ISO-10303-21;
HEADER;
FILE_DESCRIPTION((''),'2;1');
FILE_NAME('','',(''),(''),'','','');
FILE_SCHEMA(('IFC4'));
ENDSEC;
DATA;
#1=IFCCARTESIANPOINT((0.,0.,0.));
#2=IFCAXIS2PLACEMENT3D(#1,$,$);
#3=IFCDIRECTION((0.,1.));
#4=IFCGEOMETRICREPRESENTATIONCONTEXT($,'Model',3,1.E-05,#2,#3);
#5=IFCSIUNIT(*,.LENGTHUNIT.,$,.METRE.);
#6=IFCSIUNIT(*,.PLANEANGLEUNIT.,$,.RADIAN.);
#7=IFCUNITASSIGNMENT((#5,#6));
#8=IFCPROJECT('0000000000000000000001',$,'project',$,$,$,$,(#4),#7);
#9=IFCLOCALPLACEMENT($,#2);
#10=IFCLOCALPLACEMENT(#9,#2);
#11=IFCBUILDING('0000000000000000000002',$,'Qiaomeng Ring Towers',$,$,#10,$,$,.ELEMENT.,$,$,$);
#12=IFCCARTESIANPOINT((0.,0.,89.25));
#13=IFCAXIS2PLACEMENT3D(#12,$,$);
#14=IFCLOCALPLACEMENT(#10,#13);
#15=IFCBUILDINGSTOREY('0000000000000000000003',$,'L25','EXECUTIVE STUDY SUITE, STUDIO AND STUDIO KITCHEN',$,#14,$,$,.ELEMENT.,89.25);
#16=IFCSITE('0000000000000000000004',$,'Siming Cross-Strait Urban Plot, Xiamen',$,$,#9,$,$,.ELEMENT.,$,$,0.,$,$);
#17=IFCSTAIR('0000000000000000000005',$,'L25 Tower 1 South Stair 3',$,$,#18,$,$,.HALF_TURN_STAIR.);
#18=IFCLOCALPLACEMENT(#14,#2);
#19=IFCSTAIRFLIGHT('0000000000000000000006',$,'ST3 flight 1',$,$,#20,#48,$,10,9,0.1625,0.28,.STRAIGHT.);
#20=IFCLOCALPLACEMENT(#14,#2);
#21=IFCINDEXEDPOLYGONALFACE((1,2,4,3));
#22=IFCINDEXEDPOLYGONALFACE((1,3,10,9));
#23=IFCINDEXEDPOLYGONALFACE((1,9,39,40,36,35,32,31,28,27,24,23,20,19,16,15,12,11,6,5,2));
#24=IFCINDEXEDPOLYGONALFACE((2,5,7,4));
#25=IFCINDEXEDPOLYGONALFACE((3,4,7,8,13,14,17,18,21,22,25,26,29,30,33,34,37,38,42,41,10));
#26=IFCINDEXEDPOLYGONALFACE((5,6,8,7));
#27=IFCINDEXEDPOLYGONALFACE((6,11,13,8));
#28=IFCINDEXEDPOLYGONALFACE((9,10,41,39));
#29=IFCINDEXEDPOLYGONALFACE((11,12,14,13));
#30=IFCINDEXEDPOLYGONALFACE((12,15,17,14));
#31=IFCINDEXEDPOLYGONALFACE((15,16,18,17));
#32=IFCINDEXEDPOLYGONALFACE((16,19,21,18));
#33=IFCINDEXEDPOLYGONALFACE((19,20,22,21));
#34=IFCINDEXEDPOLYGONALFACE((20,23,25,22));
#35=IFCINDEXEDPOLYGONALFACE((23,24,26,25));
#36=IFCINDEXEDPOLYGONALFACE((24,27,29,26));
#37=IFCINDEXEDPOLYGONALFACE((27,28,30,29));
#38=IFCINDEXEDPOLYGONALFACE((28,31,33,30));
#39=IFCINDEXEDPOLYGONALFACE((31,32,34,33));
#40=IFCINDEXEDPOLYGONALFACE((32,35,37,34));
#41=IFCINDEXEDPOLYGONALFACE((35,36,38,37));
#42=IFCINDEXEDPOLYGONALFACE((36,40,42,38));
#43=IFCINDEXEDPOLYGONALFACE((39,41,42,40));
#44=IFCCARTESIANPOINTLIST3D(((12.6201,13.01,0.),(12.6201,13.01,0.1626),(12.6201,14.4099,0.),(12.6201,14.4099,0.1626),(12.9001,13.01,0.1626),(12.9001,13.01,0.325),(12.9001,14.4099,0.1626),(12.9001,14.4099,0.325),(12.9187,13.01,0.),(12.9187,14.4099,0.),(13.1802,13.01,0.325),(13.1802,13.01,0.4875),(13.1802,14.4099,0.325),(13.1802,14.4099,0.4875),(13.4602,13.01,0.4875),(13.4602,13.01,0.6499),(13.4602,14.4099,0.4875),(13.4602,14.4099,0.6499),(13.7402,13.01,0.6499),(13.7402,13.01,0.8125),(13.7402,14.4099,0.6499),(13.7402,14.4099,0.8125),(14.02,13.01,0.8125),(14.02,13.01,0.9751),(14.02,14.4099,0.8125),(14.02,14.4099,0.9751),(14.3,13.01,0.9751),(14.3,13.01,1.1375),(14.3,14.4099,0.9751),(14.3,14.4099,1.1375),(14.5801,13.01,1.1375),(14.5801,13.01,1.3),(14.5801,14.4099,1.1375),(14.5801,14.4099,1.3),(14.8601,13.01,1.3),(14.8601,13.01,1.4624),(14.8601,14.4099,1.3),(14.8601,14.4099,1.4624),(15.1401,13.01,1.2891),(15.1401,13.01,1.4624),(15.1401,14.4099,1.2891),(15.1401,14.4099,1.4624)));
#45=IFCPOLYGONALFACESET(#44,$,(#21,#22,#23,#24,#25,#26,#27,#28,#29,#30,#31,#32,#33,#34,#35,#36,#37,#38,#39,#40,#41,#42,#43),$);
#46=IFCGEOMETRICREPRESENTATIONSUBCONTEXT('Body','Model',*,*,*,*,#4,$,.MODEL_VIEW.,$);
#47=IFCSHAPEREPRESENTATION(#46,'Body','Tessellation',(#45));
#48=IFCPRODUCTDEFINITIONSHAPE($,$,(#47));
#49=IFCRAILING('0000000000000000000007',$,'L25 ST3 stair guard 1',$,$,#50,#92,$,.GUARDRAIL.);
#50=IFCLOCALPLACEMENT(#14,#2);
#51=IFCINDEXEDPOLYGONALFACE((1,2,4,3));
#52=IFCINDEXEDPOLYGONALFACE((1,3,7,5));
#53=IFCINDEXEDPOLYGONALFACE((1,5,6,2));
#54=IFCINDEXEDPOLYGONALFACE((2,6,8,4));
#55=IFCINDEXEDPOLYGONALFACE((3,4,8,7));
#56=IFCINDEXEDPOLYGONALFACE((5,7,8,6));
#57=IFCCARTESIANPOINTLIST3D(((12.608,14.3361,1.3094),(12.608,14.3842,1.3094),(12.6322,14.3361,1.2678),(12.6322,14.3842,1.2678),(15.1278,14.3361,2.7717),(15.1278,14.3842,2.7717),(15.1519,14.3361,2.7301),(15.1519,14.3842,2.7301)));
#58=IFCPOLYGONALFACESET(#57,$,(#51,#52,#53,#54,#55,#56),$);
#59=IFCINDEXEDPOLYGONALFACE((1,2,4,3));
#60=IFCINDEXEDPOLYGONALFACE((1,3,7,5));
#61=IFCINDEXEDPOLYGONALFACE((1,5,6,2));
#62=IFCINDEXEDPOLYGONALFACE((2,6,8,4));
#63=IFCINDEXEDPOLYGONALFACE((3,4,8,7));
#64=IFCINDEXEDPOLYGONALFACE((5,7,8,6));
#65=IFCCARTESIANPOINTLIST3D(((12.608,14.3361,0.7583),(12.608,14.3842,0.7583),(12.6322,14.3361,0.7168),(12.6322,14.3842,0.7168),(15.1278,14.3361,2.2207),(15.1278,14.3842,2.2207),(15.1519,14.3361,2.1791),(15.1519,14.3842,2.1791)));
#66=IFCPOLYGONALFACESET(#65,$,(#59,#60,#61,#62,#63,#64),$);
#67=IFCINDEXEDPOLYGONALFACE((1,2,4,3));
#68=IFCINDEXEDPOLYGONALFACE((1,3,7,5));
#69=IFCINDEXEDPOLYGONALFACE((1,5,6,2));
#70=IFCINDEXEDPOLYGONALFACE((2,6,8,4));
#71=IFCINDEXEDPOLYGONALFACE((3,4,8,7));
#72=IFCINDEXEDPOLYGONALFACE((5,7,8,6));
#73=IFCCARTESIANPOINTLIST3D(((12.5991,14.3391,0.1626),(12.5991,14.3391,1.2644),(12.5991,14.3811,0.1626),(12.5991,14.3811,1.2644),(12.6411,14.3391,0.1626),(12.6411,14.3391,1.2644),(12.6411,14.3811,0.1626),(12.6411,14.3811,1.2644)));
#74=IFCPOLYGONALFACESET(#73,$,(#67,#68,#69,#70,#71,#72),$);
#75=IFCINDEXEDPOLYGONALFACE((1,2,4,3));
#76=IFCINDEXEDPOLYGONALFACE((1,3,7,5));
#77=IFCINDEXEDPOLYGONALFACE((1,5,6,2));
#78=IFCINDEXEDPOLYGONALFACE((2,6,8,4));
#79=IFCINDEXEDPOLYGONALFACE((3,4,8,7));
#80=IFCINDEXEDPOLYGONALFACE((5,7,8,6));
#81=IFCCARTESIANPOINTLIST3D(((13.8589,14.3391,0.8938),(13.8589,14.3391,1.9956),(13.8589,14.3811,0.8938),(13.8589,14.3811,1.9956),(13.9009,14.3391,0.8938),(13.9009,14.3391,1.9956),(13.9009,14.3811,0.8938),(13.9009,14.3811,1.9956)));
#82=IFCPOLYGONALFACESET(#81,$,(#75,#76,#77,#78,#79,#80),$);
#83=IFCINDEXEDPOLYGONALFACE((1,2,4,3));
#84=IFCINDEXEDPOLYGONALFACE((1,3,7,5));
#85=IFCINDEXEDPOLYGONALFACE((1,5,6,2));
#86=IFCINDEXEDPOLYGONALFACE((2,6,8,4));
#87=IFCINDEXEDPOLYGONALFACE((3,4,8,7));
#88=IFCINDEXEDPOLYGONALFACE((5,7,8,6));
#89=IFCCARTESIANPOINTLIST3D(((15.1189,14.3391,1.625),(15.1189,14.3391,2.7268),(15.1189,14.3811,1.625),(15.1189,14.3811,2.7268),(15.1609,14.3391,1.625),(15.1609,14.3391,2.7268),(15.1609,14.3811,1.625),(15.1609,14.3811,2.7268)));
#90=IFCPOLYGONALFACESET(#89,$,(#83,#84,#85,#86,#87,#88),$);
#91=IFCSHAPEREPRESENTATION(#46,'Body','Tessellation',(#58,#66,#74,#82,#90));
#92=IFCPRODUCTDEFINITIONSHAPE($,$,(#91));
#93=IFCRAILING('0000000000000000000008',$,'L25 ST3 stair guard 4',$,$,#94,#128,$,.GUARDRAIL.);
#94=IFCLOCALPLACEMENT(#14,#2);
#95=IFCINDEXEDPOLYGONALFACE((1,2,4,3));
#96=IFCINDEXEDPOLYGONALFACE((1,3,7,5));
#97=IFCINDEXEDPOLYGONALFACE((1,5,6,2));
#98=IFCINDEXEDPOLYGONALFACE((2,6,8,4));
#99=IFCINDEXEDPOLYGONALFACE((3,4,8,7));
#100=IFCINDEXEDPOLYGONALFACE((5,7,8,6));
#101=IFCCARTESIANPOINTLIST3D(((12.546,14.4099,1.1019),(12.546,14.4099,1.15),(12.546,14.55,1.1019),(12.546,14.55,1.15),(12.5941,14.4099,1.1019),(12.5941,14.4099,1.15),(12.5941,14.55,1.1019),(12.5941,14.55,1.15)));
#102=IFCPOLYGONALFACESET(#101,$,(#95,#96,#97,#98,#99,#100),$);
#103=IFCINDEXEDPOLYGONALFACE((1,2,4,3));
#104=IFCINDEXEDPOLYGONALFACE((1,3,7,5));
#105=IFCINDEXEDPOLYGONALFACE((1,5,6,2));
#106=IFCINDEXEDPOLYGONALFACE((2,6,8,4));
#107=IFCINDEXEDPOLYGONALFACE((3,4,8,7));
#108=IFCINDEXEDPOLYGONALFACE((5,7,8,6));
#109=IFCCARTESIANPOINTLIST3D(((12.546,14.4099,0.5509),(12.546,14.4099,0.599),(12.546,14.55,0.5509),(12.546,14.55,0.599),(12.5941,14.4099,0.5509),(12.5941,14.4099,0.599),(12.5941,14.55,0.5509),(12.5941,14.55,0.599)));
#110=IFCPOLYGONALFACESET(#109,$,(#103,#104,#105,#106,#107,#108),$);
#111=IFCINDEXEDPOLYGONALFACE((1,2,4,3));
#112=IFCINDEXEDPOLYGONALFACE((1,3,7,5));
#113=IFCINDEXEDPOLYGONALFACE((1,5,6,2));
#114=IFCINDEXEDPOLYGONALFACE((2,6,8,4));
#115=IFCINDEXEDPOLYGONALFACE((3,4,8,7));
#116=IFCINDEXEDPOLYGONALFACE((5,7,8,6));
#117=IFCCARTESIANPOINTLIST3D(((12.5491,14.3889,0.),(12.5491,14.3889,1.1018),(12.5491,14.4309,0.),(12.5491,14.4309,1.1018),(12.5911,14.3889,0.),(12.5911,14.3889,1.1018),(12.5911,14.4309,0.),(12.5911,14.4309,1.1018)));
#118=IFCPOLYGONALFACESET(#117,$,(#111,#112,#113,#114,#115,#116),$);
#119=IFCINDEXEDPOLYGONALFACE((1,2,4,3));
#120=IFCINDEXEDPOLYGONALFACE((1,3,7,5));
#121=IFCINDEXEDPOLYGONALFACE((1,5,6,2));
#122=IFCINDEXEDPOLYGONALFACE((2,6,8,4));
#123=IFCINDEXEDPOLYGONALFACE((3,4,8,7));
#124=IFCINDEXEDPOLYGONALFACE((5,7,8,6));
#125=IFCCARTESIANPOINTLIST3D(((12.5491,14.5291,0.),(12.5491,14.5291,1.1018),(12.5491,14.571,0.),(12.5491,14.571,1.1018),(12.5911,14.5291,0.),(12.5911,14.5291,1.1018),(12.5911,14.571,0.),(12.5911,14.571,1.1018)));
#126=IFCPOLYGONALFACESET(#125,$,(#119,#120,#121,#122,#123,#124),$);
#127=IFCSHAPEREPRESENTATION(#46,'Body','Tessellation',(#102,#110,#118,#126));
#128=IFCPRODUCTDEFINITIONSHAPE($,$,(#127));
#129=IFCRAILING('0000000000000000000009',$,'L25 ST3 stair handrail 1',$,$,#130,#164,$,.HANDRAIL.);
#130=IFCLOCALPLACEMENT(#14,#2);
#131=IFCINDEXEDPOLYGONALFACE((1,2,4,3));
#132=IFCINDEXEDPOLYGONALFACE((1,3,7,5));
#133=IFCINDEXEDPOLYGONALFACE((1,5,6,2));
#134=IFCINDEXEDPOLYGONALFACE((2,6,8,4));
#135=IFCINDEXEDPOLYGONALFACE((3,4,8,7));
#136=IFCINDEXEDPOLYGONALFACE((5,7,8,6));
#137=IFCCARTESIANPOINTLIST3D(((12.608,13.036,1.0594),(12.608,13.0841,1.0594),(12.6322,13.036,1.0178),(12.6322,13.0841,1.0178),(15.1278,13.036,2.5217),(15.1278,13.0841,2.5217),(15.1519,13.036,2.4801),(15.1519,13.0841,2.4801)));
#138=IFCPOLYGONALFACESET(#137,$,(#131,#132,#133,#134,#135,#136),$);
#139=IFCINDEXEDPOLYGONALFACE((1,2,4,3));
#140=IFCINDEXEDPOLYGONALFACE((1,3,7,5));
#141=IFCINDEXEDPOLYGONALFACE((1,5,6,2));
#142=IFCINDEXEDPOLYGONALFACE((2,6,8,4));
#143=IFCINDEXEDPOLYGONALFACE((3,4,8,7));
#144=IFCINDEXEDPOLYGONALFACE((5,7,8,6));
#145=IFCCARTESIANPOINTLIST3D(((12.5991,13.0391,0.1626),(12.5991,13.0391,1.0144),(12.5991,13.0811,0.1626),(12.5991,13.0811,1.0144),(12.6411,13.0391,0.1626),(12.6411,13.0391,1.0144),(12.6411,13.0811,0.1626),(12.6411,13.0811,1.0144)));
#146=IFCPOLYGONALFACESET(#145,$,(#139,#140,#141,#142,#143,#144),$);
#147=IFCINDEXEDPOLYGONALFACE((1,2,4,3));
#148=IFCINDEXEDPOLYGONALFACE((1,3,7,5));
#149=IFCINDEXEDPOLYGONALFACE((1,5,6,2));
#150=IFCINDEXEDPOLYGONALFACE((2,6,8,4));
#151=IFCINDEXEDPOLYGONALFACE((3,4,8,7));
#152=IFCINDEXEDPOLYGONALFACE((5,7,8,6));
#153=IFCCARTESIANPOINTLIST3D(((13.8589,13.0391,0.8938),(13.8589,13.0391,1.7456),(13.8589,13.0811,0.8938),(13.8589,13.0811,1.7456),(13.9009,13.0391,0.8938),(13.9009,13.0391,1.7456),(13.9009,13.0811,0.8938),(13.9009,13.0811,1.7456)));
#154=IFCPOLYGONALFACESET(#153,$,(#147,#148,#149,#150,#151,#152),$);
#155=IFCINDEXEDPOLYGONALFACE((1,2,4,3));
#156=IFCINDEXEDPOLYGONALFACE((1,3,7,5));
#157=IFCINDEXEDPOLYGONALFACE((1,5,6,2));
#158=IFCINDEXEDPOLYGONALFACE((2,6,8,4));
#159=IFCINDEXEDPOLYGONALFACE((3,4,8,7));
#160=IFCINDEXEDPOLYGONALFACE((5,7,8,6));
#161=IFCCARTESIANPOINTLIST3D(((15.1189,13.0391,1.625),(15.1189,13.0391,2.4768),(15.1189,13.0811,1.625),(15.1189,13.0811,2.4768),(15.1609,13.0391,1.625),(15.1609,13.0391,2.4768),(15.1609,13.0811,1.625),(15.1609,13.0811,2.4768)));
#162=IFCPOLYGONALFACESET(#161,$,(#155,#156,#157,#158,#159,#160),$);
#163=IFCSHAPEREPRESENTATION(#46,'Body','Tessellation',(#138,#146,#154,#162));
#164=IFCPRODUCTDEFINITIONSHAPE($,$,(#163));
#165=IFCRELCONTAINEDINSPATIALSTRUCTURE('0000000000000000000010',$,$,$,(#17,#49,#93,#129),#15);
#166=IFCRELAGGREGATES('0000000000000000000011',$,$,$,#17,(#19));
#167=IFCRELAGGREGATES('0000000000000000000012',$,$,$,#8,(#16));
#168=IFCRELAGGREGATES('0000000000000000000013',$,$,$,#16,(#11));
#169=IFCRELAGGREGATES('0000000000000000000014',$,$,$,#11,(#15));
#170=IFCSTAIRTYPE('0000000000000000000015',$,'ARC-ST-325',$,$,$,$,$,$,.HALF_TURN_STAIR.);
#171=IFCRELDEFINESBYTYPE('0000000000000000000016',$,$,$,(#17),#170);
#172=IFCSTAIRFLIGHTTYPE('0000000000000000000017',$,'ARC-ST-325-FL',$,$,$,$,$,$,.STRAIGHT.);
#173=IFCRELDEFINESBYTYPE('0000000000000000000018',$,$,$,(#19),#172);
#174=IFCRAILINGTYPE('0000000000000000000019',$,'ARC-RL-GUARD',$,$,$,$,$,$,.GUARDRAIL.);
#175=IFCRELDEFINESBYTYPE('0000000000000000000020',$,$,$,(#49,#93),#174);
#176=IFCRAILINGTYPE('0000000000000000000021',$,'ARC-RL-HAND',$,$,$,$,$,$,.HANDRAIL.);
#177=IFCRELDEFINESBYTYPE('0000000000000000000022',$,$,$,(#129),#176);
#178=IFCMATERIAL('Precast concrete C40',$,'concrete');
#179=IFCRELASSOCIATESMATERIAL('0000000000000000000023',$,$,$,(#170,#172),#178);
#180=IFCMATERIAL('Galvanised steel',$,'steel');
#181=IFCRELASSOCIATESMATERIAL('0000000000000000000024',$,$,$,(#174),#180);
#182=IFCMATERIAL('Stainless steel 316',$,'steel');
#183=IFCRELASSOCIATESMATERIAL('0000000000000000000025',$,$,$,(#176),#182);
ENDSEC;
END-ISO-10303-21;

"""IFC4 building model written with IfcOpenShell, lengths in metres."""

from ifc_helpers import new_model, si_unit, direction, frame, origin, origin_2d, place, context, subcontext, project, spatial, polyline, rectangle, outline, extrude, source, transform, mapped, material, type_object, element, aggregate, save


model = new_model("IFC4")

# Units and contexts
model_context = context("Model", 3, precision=1e-05, world=origin(), true_north=direction((0.0, 1.0)))
body_context = subcontext(model_context, "Body", "Model", "MODEL_VIEW")
ifc_project = project(units=[si_unit("LENGTHUNIT", "METRE"), si_unit("PLANEANGLEUNIT", "RADIAN")], contexts=[model_context])

# Site, building, storey
site_placement = place(None, origin())
site = spatial("IfcSite", under=ifc_project, at=site_placement, Name="Siming Cross-Strait Urban Plot, Xiamen", CompositionType="ELEMENT", RefElevation=0.0)
building_placement = place(site_placement, origin())
building = spatial("IfcBuilding", under=site, at=building_placement, Name="Qiaomeng Ring Towers", CompositionType="ELEMENT")
storey_placement = place(building_placement, frame((0.0, 0.0, 89.25)))
storey = spatial("IfcBuildingStorey", under=building, at=storey_placement, Name="L25", Description="EXECUTIVE STUDY SUITE, STUDIO AND STUDIO KITCHEN", CompositionType="ELEMENT", Elevation=89.25)

# Shared definitions
ifc_material_1 = material(Name="Galvanised steel", Category="steel")

# Shared definitions
ifc_material_2 = material(Name="Stainless steel 316", Category="steel")

# Stair, stair flight
ifc_material_3 = material(Name="Precast concrete C40", Category="concrete")
stair_type = type_object("IfcStairType", Name="ARC-ST-325", PredefinedType="HALF_TURN_STAIR", material=ifc_material_3)
stair_placement = place(storey_placement, origin())
stair = element("IfcStair", 1, at=stair_placement, inside=storey, type_object=stair_type, Name="L25 Tower 1 South Stair 3", PredefinedType="HALF_TURN_STAIR")
stair_flight_type = type_object("IfcStairFlightType", Name="ARC-ST-325-FL", PredefinedType="STRAIGHT", material=ifc_material_3)
shared_shape_1 = source(origin(), body_context, "Body", "SweptSolid", [
    extrude(outline(polyline([(0.0, 0.0), (0.0, 0.1626), (0.28, 0.1626), (0.28, 0.325), (0.5601, 0.325), (0.5601, 0.4875), (0.8401, 0.4875), (0.8401, 0.6499), (1.1201, 0.6499), (1.1201, 0.8125), (1.3999, 0.8125), (1.3999, 0.9751), (1.6799, 0.9751), (1.6799, 1.1375), (1.96, 1.1375), (1.96, 1.3), (2.24, 1.3), (2.24, 1.4624), (2.52, 1.4624), (2.52, 1.625), (2.52, 1.2891), (0.2986, 0.0), (0.0, 0.0)])), frame((0.0, 0.7, 0.0), z_axis=(0.0, -1.0, 0.0), x_axis=(1.0, 0.0, 0.0)), (0.0, 0.0, 1.0), 1.3999),
])
stair_flight_placement = place(storey_placement, frame((12.6201, 13.71, 0.0), z_axis=(0.0, 0.0, 1.0), x_axis=(1.0, 0.0, 0.0)))
stair_flight = element("IfcStairFlight", 2, at=stair_flight_placement, type_object=stair_flight_type, Name="ST3 flight 1", NumberOfRisers=10, NumberOfTreads=9, PredefinedType="STRAIGHT", RiserHeight=0.1625, TreadLength=0.28, context=body_context, shape_type="MappedRepresentation", body=[
    mapped(shared_shape_1, transform((0.0, 0.0, 0.0), x_axis=(1.0, 0.0, 0.0), y_axis=(0.0, 1.0, 0.0), z_axis=(0.0, 0.0, 1.0), scale=1.0)),
])
aggregate(stair, [stair_flight])

# Railings
railing_type_1 = type_object("IfcRailingType", Name="ARC-RL-GUARD", PredefinedType="GUARDRAIL", material=ifc_material_1)
railing_1_placement = place(storey_placement, frame((12.6201, 14.3601, 0.1626)))
element("IfcRailing", 3, at=railing_1_placement, inside=storey, type_object=railing_type_1, Name="L25 ST3 stair guard 1", PredefinedType="GUARDRAIL", context=body_context, shape_type="SweptSolid", body=[
    extrude(rectangle(XDim=0.0481, YDim=0.0481, at=origin_2d()), frame((0.0, 0.0, 1.126), z_axis=(0.864892, 0.0, 0.501958), x_axis=(0.0, 1.0, 0.0)), (0.0, 0.0, 1.0), 2.9133),
    extrude(rectangle(XDim=0.0481, YDim=0.0481, at=origin_2d()), frame((0.0, 0.0, 0.575), z_axis=(0.864892, 0.0, 0.501958), x_axis=(0.0, 1.0, 0.0)), (0.0, 0.0, 1.0), 2.9133),
    extrude(rectangle(XDim=0.042, YDim=0.042, at=origin_2d()), origin(), (0.0, 0.0, 1.0), 1.1018),
    extrude(rectangle(XDim=0.042, YDim=0.042, at=origin_2d()), frame((1.2598, 0.0, 0.7312)), (0.0, 0.0, 1.0), 1.1018),
    extrude(rectangle(XDim=0.042, YDim=0.042, at=origin_2d()), frame((2.5198, 0.0, 1.4624)), (0.0, 0.0, 1.0), 1.1018),
])
railing_2_placement = place(storey_placement, frame((12.5701, 14.4099, 0.0)))
element("IfcRailing", 4, at=railing_2_placement, inside=storey, type_object=railing_type_1, Name="L25 ST3 stair guard 4", PredefinedType="GUARDRAIL", context=body_context, shape_type="SweptSolid", body=[
    extrude(rectangle(XDim=0.0481, YDim=0.0481, at=origin_2d()), frame((0.0, 0.0, 1.126), z_axis=(0.0, 1.0, 0.0), x_axis=(-1.0, 0.0, 0.0)), (0.0, 0.0, 1.0), 0.1401),
    extrude(rectangle(XDim=0.0481, YDim=0.0481, at=origin_2d()), frame((0.0, 0.0, 0.575), z_axis=(0.0, 1.0, 0.0), x_axis=(-1.0, 0.0, 0.0)), (0.0, 0.0, 1.0), 0.1401),
    extrude(rectangle(XDim=0.042, YDim=0.042, at=origin_2d()), origin(), (0.0, 0.0, 1.0), 1.1018),
    extrude(rectangle(XDim=0.042, YDim=0.042, at=origin_2d()), frame((0.0, 0.1401, 0.0)), (0.0, 0.0, 1.0), 1.1018),
])
railing_type_2 = type_object("IfcRailingType", Name="ARC-RL-HAND", PredefinedType="HANDRAIL", material=ifc_material_2)
railing_3_placement = place(storey_placement, frame((12.6201, 13.0601, 0.1626)))
element("IfcRailing", 5, at=railing_3_placement, inside=storey, type_object=railing_type_2, Name="L25 ST3 stair handrail 1", PredefinedType="HANDRAIL", context=body_context, shape_type="SweptSolid", body=[
    extrude(rectangle(XDim=0.0481, YDim=0.0481, at=origin_2d()), frame((0.0, 0.0, 0.876), z_axis=(0.864892, 0.0, 0.501958), x_axis=(0.0, 1.0, 0.0)), (0.0, 0.0, 1.0), 2.9133),
    extrude(rectangle(XDim=0.042, YDim=0.042, at=origin_2d()), origin(), (0.0, 0.0, 1.0), 0.8518),
    extrude(rectangle(XDim=0.042, YDim=0.042, at=origin_2d()), frame((1.2598, 0.0, 0.7312)), (0.0, 0.0, 1.0), 0.8518),
    extrude(rectangle(XDim=0.042, YDim=0.042, at=origin_2d()), frame((2.5198, 0.0, 1.4624)), (0.0, 0.0, 1.0), 0.8518),
])

save(model, "model.ifc")
